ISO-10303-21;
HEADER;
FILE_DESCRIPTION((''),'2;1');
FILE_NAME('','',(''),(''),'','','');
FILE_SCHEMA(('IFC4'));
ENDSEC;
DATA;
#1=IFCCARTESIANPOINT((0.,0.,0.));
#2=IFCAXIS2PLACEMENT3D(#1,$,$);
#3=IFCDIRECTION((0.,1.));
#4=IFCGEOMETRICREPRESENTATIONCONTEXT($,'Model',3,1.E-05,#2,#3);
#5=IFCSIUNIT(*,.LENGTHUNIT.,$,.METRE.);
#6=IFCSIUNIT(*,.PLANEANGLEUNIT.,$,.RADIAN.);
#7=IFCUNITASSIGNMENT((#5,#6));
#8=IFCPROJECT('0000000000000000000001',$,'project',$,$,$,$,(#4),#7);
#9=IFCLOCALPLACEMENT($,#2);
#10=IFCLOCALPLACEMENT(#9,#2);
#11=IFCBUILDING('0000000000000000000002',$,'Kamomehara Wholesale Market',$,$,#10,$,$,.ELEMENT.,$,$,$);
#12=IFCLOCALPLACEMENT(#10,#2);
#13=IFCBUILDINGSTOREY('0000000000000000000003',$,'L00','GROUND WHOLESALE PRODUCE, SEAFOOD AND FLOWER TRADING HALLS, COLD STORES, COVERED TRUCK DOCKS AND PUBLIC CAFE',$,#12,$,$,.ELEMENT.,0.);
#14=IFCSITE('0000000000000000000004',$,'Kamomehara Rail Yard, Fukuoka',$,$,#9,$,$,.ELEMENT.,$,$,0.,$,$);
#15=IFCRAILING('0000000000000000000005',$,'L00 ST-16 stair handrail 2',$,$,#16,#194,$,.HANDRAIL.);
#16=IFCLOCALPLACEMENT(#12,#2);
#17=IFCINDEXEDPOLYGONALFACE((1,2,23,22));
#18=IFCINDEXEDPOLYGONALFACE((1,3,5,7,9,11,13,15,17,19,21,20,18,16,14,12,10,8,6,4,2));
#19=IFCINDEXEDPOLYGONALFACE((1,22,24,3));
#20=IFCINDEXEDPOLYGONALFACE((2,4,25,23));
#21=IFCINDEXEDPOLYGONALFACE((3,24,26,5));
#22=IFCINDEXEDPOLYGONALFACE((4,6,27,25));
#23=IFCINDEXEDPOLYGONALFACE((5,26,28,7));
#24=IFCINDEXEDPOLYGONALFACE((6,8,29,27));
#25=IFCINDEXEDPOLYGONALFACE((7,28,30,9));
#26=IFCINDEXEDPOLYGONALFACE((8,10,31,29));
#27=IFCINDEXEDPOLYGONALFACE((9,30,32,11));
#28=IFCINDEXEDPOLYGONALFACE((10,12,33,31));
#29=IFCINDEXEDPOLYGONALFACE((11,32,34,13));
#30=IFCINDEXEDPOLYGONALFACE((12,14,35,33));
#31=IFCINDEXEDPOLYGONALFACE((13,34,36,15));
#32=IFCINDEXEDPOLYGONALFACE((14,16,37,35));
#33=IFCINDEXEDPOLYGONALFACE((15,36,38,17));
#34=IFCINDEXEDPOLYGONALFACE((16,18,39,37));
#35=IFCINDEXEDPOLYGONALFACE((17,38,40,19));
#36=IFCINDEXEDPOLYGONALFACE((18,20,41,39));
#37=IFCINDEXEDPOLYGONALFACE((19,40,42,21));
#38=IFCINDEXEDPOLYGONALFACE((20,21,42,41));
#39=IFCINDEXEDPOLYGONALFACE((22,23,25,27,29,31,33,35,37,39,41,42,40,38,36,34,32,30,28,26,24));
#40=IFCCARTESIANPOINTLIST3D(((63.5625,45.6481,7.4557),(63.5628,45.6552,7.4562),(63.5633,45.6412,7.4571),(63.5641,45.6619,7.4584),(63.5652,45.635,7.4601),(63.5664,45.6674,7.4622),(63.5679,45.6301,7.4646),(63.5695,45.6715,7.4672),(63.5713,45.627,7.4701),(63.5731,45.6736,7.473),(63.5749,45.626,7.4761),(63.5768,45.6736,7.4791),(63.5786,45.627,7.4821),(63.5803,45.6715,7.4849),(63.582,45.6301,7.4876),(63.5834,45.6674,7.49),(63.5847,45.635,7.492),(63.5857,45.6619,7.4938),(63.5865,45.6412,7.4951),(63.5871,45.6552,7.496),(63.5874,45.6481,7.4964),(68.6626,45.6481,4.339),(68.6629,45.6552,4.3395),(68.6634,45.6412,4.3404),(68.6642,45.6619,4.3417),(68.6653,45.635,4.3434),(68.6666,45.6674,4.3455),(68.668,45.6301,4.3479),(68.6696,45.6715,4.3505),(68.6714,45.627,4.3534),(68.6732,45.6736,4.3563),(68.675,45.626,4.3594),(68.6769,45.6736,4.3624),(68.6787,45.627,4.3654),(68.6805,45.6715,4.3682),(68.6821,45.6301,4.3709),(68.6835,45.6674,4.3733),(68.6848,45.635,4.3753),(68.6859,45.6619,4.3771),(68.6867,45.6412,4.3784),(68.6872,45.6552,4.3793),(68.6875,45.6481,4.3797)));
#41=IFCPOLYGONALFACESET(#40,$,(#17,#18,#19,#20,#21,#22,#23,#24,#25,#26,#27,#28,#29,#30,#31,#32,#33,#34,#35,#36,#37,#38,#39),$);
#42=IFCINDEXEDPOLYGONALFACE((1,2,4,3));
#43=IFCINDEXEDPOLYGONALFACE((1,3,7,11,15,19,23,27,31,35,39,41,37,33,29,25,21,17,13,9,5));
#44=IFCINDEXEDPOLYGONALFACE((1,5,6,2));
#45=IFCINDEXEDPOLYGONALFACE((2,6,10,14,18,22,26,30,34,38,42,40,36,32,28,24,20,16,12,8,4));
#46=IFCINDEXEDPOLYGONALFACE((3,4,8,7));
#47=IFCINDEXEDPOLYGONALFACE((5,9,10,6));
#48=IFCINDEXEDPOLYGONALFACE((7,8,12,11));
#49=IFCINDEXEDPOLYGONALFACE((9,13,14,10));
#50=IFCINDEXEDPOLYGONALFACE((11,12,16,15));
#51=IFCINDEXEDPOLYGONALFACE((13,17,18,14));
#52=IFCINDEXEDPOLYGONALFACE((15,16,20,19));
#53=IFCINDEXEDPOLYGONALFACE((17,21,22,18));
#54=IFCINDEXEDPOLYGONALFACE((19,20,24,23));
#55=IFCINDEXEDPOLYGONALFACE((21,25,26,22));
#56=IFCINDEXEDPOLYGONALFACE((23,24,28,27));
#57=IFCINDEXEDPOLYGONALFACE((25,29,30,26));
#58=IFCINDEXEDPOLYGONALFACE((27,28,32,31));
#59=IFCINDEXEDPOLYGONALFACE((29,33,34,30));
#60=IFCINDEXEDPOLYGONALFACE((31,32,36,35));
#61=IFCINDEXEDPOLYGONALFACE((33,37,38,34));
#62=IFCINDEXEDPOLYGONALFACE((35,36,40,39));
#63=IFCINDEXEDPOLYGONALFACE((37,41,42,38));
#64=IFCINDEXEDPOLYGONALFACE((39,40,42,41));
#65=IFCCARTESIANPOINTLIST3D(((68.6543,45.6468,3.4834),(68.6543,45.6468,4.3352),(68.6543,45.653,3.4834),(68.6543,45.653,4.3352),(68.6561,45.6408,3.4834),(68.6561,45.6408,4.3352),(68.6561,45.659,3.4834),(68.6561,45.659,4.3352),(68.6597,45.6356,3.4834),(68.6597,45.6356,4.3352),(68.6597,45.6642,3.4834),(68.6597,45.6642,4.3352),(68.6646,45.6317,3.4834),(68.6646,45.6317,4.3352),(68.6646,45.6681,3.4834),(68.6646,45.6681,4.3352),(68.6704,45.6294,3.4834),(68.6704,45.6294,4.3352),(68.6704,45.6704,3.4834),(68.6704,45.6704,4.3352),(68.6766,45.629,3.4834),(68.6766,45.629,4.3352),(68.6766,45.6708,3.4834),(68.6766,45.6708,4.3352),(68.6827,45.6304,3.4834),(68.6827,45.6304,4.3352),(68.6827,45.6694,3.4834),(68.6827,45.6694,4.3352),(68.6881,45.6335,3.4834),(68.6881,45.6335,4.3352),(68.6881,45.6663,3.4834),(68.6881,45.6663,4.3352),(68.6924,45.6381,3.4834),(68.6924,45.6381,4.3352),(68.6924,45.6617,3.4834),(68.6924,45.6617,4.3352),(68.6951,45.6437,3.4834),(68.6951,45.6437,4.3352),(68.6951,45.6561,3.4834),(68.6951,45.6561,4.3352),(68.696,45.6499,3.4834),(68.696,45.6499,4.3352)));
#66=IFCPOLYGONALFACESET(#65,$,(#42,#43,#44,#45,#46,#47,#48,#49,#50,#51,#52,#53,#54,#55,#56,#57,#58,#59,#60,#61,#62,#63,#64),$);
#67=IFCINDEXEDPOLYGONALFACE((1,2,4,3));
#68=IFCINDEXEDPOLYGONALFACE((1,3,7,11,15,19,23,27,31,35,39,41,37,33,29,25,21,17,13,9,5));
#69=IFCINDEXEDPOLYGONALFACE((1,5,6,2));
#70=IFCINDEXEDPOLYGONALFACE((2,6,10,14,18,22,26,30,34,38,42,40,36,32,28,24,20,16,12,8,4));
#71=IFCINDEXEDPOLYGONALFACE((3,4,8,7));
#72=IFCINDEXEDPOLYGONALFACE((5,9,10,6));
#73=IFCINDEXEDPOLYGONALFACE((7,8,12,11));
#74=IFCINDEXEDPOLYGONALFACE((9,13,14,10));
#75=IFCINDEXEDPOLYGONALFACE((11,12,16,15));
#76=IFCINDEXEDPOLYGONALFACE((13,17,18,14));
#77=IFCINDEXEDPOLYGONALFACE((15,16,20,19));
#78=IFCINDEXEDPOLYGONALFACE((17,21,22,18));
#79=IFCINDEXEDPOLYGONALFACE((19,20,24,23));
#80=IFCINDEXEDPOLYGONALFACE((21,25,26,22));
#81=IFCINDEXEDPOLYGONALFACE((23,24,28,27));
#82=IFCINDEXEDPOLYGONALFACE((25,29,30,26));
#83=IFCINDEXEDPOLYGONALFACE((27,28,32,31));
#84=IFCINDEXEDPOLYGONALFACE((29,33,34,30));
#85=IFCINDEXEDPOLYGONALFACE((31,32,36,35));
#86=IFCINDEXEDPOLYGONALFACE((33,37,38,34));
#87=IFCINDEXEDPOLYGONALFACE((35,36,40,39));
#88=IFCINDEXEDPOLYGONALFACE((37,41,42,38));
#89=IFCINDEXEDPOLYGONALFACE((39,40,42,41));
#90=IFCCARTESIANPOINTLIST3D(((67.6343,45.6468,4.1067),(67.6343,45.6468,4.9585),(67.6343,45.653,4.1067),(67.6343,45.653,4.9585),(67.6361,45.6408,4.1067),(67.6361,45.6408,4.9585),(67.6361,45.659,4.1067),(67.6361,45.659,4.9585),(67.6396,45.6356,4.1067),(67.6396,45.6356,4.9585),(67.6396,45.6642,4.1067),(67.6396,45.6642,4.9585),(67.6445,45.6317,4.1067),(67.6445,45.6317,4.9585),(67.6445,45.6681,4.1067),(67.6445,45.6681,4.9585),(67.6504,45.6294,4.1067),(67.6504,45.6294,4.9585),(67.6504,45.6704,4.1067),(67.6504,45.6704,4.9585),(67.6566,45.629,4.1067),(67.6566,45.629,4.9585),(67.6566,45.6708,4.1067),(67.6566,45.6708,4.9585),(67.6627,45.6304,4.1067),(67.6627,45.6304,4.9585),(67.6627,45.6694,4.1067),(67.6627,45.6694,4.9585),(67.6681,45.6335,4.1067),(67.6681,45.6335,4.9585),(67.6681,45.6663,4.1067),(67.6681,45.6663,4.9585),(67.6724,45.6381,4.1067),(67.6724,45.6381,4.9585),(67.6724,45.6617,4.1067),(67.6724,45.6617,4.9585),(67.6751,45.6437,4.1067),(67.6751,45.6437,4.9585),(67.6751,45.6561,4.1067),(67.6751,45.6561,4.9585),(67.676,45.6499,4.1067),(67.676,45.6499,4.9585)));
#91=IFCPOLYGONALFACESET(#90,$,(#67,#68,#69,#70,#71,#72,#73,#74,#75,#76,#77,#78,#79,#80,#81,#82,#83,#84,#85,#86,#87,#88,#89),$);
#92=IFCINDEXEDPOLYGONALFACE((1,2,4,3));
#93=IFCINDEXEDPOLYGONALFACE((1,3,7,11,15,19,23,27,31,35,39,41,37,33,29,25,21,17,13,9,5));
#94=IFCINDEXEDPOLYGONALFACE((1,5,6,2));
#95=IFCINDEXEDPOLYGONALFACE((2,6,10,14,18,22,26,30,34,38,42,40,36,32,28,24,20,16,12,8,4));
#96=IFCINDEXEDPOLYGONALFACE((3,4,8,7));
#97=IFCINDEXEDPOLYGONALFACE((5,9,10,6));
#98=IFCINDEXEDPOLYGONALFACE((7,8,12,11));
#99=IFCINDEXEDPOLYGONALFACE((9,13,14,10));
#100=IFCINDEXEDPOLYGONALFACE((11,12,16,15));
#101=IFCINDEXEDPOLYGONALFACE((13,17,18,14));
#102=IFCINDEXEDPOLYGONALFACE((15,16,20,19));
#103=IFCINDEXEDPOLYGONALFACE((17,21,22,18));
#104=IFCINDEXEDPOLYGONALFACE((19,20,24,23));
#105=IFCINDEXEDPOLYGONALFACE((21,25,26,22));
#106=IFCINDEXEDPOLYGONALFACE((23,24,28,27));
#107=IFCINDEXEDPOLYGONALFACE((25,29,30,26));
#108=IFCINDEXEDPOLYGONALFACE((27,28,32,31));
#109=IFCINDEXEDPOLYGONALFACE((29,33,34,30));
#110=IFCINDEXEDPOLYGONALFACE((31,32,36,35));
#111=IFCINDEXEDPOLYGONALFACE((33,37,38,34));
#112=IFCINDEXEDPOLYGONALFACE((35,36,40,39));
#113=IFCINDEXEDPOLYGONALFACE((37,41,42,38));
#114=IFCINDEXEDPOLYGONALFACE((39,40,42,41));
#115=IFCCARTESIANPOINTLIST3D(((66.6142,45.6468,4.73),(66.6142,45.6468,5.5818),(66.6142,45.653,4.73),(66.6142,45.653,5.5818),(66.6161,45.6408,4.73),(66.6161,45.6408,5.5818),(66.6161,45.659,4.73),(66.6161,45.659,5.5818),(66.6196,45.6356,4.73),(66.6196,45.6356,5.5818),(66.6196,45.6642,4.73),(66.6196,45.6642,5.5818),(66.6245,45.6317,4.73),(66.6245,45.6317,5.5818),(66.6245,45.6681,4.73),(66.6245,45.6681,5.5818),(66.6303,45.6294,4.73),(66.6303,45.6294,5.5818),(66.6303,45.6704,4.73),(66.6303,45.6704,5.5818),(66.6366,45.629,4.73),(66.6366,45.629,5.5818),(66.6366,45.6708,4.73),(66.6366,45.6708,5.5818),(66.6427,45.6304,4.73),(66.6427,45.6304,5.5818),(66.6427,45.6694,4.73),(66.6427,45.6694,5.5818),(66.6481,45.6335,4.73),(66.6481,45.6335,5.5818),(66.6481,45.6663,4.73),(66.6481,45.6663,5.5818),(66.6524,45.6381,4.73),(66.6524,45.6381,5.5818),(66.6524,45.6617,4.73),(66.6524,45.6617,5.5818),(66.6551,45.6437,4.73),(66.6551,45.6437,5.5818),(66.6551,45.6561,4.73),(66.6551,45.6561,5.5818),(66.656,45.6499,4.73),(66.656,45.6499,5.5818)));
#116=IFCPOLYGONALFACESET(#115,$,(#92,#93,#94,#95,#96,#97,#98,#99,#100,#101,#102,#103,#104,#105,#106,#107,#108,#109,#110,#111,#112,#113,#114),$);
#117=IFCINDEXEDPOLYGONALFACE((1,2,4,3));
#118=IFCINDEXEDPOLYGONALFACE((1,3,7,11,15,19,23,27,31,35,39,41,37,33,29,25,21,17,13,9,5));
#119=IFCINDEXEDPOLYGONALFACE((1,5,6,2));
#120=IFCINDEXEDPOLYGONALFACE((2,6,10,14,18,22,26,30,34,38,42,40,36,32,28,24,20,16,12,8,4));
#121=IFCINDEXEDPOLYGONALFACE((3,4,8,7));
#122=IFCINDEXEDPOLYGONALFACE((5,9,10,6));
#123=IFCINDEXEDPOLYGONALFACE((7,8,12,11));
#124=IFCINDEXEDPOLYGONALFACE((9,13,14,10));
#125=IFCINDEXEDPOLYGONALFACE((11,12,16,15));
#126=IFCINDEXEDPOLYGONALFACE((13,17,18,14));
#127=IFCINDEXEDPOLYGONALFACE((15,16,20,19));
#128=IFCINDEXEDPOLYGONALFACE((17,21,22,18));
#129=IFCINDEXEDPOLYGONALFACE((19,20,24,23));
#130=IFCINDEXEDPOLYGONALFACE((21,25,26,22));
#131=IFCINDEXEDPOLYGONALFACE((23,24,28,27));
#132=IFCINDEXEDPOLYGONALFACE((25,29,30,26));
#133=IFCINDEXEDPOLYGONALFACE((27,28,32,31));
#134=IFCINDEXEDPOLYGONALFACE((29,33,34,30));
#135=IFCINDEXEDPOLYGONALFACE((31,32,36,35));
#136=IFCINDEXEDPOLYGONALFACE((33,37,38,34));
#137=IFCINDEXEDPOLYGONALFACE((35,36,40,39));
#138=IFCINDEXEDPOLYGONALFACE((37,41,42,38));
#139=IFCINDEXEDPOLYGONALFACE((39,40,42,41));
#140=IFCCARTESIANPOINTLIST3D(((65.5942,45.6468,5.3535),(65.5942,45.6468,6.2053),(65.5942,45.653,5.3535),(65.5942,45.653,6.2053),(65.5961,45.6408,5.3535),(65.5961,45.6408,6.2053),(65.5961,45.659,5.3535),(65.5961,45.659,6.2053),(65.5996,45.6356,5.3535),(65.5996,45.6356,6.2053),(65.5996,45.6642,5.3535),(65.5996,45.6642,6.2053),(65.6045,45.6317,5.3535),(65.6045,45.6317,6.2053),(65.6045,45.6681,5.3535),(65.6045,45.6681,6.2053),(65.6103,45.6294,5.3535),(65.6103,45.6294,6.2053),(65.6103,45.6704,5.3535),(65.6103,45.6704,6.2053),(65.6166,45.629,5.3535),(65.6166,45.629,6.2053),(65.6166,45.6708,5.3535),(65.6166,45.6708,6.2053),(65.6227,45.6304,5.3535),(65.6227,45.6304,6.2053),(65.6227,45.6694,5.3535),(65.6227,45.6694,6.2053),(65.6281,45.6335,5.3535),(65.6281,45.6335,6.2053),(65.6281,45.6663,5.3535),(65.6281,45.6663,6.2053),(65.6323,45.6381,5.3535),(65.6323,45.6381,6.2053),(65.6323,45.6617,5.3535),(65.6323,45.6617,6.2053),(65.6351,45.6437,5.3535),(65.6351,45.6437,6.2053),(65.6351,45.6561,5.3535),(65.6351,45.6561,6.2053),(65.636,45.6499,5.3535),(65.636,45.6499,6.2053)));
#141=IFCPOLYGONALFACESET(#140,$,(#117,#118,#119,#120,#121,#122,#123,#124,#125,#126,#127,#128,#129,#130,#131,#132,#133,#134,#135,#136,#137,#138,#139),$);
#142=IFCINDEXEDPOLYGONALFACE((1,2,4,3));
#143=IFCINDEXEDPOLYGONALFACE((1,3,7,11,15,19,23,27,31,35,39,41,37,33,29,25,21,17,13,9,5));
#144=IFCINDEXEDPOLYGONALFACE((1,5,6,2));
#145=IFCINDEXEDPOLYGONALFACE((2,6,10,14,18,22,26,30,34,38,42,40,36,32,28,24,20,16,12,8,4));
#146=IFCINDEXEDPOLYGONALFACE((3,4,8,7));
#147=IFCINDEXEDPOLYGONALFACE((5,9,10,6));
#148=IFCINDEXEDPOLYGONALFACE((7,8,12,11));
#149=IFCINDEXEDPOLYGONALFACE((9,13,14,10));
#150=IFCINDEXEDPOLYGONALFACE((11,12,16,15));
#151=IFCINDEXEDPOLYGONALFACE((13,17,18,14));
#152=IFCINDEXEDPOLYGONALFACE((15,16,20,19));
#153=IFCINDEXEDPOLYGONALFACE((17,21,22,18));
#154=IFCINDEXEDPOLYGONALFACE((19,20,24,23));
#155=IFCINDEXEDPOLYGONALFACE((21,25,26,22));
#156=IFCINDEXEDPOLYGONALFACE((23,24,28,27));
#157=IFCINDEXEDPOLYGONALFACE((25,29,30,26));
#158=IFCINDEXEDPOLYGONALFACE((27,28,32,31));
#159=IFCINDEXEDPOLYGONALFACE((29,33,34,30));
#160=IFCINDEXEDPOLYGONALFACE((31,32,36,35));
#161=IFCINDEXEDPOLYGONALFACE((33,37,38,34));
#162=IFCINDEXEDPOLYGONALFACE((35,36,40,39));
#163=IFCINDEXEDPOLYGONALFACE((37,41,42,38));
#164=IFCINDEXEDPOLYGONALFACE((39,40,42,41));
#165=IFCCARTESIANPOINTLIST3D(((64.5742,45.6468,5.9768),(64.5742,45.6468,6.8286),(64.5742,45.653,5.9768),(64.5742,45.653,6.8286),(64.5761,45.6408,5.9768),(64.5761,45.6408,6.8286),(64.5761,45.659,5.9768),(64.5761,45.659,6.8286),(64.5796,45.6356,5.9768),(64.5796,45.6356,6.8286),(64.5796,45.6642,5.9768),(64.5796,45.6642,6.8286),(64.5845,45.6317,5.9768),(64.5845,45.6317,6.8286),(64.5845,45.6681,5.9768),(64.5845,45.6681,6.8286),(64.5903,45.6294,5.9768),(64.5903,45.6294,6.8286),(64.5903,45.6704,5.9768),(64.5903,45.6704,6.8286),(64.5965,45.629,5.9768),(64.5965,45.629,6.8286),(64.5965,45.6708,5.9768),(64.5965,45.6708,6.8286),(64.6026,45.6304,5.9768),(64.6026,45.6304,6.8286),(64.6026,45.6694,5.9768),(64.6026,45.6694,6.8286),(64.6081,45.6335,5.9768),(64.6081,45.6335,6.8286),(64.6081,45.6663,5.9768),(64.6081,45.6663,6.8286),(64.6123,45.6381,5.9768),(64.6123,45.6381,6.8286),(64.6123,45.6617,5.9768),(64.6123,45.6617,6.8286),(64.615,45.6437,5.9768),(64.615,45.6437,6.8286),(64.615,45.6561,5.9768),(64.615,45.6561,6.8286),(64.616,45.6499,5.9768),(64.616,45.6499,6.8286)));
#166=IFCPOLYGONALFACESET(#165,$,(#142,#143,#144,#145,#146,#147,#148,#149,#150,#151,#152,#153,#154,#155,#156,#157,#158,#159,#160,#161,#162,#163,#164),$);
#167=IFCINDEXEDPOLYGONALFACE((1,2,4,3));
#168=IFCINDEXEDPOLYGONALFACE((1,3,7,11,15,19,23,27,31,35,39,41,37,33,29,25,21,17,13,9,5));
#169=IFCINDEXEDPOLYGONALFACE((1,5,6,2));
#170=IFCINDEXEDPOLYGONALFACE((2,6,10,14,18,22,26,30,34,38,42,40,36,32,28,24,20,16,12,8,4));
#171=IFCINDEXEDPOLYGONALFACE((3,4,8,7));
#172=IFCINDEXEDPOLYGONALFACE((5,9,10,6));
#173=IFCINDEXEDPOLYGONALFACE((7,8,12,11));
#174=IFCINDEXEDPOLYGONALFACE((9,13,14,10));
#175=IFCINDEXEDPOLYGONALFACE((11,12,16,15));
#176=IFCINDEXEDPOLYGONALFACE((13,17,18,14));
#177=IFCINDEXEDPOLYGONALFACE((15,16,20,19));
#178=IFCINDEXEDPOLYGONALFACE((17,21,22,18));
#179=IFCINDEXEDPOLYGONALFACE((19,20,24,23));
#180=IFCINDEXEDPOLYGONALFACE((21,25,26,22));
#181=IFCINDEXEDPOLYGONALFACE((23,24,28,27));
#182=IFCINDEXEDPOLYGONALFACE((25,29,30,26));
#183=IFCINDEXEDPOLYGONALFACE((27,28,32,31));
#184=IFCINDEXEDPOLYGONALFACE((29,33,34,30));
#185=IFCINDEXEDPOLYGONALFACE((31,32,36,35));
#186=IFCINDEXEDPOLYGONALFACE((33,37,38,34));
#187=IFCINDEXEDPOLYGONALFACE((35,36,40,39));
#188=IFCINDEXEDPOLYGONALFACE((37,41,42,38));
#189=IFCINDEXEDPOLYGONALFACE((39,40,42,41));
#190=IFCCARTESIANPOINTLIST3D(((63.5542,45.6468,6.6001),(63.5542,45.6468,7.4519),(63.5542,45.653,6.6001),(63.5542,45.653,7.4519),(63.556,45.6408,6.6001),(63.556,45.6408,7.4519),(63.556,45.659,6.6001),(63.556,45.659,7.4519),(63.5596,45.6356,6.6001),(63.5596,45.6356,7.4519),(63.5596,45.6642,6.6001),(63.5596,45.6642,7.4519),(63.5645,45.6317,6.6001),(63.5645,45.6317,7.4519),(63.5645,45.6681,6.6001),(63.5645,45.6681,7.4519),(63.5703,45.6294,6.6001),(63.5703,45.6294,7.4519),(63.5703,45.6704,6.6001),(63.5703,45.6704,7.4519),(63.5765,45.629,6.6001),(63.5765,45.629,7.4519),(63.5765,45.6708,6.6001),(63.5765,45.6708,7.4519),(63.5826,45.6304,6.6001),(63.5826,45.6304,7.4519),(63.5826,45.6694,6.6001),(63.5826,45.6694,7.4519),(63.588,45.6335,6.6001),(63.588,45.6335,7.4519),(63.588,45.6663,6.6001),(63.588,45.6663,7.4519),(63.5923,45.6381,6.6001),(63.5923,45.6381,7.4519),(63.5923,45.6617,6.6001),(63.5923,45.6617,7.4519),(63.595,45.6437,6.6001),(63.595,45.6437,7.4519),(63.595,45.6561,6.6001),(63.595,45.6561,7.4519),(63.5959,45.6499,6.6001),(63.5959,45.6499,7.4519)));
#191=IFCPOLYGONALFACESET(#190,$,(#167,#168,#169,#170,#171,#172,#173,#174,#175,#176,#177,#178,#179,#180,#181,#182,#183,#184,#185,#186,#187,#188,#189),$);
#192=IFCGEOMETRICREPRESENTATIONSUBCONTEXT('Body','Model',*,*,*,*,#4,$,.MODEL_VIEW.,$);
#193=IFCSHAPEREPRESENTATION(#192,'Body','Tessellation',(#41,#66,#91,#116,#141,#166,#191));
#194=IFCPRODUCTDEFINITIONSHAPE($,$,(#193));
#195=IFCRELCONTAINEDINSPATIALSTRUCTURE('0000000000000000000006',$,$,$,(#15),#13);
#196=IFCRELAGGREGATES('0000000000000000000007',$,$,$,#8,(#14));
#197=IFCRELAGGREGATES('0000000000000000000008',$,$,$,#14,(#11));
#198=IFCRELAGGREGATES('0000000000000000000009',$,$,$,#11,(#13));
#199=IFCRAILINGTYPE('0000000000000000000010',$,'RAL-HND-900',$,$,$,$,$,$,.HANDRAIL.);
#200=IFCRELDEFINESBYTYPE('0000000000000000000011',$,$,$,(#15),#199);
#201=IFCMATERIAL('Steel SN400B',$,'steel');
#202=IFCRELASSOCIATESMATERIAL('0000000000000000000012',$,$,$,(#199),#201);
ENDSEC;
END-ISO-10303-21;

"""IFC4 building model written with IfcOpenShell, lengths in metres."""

from ifc_helpers import new_model, si_unit, direction, frame, origin, origin_2d, place, context, subcontext, project, spatial, circle, extrude, material, type_object, element, save


model = new_model("IFC4")

# Units and contexts
model_context = context("Model", 3, precision=1e-05, world=origin(), true_north=direction((0.0, 1.0)))
body_context = subcontext(model_context, "Body", "Model", "MODEL_VIEW")
ifc_project = project(units=[si_unit("LENGTHUNIT", "METRE"), si_unit("PLANEANGLEUNIT", "RADIAN")], contexts=[model_context])

# Site, building, storey
site_placement = place(None, origin())
site = spatial("IfcSite", under=ifc_project, at=site_placement, Name="Kamomehara Rail Yard, Fukuoka", CompositionType="ELEMENT", RefElevation=0.0)
building_placement = place(site_placement, origin())
building = spatial("IfcBuilding", under=site, at=building_placement, Name="Kamomehara Wholesale Market", CompositionType="ELEMENT")
storey_placement = place(building_placement, origin())
storey = spatial("IfcBuildingStorey", under=building, at=storey_placement, Name="L00", Description="GROUND WHOLESALE PRODUCE, SEAFOOD AND FLOWER TRADING HALLS, COLD STORES, COVERED TRUCK DOCKS AND PUBLIC CAFE", CompositionType="ELEMENT", Elevation=0.0)

# Railing
ifc_material_1 = material(Name="Steel SN400B", Category="steel")
railing_type_1 = type_object("IfcRailingType", Name="RAL-HND-900", PredefinedType="HANDRAIL", material=ifc_material_1)
railing_1_placement = place(storey_placement, frame((68.675, 45.6499, 3.4834)))
element("IfcRailing", 1, at=railing_1_placement, inside=storey, type_object=railing_type_1, Name="L00 ST-16 stair handrail 2", PredefinedType="HANDRAIL", context=body_context, shape_type="SweptSolid", body=[
    extrude(circle(Radius=0.0239, at=origin_2d()), frame((0.0, 0.0, 0.876), z_axis=(-0.853284, 0.0, 0.521447), x_axis=(0.0, -1.0, 0.0)), (0.0, 0.0, 1.0), 5.9771),
    extrude(circle(Radius=0.021, at=origin_2d()), origin(), (0.0, 0.0, 1.0), 0.8518),
    extrude(circle(Radius=0.021, at=origin_2d()), frame((-1.02, 0.0, 0.6233)), (0.0, 0.0, 1.0), 0.8518),
    extrude(circle(Radius=0.021, at=origin_2d()), frame((-2.04, 0.0, 1.2466)), (0.0, 0.0, 1.0), 0.8518),
    extrude(circle(Radius=0.021, at=origin_2d()), frame((-3.0601, 0.0, 1.8701)), (0.0, 0.0, 1.0), 0.8518),
    extrude(circle(Radius=0.021, at=origin_2d()), frame((-4.0801, 0.0, 2.4934)), (0.0, 0.0, 1.0), 0.8518),
    extrude(circle(Radius=0.021, at=origin_2d()), frame((-5.1001, 0.0, 3.1167)), (0.0, 0.0, 1.0), 0.8518),
])

save(model, "model.ifc")
